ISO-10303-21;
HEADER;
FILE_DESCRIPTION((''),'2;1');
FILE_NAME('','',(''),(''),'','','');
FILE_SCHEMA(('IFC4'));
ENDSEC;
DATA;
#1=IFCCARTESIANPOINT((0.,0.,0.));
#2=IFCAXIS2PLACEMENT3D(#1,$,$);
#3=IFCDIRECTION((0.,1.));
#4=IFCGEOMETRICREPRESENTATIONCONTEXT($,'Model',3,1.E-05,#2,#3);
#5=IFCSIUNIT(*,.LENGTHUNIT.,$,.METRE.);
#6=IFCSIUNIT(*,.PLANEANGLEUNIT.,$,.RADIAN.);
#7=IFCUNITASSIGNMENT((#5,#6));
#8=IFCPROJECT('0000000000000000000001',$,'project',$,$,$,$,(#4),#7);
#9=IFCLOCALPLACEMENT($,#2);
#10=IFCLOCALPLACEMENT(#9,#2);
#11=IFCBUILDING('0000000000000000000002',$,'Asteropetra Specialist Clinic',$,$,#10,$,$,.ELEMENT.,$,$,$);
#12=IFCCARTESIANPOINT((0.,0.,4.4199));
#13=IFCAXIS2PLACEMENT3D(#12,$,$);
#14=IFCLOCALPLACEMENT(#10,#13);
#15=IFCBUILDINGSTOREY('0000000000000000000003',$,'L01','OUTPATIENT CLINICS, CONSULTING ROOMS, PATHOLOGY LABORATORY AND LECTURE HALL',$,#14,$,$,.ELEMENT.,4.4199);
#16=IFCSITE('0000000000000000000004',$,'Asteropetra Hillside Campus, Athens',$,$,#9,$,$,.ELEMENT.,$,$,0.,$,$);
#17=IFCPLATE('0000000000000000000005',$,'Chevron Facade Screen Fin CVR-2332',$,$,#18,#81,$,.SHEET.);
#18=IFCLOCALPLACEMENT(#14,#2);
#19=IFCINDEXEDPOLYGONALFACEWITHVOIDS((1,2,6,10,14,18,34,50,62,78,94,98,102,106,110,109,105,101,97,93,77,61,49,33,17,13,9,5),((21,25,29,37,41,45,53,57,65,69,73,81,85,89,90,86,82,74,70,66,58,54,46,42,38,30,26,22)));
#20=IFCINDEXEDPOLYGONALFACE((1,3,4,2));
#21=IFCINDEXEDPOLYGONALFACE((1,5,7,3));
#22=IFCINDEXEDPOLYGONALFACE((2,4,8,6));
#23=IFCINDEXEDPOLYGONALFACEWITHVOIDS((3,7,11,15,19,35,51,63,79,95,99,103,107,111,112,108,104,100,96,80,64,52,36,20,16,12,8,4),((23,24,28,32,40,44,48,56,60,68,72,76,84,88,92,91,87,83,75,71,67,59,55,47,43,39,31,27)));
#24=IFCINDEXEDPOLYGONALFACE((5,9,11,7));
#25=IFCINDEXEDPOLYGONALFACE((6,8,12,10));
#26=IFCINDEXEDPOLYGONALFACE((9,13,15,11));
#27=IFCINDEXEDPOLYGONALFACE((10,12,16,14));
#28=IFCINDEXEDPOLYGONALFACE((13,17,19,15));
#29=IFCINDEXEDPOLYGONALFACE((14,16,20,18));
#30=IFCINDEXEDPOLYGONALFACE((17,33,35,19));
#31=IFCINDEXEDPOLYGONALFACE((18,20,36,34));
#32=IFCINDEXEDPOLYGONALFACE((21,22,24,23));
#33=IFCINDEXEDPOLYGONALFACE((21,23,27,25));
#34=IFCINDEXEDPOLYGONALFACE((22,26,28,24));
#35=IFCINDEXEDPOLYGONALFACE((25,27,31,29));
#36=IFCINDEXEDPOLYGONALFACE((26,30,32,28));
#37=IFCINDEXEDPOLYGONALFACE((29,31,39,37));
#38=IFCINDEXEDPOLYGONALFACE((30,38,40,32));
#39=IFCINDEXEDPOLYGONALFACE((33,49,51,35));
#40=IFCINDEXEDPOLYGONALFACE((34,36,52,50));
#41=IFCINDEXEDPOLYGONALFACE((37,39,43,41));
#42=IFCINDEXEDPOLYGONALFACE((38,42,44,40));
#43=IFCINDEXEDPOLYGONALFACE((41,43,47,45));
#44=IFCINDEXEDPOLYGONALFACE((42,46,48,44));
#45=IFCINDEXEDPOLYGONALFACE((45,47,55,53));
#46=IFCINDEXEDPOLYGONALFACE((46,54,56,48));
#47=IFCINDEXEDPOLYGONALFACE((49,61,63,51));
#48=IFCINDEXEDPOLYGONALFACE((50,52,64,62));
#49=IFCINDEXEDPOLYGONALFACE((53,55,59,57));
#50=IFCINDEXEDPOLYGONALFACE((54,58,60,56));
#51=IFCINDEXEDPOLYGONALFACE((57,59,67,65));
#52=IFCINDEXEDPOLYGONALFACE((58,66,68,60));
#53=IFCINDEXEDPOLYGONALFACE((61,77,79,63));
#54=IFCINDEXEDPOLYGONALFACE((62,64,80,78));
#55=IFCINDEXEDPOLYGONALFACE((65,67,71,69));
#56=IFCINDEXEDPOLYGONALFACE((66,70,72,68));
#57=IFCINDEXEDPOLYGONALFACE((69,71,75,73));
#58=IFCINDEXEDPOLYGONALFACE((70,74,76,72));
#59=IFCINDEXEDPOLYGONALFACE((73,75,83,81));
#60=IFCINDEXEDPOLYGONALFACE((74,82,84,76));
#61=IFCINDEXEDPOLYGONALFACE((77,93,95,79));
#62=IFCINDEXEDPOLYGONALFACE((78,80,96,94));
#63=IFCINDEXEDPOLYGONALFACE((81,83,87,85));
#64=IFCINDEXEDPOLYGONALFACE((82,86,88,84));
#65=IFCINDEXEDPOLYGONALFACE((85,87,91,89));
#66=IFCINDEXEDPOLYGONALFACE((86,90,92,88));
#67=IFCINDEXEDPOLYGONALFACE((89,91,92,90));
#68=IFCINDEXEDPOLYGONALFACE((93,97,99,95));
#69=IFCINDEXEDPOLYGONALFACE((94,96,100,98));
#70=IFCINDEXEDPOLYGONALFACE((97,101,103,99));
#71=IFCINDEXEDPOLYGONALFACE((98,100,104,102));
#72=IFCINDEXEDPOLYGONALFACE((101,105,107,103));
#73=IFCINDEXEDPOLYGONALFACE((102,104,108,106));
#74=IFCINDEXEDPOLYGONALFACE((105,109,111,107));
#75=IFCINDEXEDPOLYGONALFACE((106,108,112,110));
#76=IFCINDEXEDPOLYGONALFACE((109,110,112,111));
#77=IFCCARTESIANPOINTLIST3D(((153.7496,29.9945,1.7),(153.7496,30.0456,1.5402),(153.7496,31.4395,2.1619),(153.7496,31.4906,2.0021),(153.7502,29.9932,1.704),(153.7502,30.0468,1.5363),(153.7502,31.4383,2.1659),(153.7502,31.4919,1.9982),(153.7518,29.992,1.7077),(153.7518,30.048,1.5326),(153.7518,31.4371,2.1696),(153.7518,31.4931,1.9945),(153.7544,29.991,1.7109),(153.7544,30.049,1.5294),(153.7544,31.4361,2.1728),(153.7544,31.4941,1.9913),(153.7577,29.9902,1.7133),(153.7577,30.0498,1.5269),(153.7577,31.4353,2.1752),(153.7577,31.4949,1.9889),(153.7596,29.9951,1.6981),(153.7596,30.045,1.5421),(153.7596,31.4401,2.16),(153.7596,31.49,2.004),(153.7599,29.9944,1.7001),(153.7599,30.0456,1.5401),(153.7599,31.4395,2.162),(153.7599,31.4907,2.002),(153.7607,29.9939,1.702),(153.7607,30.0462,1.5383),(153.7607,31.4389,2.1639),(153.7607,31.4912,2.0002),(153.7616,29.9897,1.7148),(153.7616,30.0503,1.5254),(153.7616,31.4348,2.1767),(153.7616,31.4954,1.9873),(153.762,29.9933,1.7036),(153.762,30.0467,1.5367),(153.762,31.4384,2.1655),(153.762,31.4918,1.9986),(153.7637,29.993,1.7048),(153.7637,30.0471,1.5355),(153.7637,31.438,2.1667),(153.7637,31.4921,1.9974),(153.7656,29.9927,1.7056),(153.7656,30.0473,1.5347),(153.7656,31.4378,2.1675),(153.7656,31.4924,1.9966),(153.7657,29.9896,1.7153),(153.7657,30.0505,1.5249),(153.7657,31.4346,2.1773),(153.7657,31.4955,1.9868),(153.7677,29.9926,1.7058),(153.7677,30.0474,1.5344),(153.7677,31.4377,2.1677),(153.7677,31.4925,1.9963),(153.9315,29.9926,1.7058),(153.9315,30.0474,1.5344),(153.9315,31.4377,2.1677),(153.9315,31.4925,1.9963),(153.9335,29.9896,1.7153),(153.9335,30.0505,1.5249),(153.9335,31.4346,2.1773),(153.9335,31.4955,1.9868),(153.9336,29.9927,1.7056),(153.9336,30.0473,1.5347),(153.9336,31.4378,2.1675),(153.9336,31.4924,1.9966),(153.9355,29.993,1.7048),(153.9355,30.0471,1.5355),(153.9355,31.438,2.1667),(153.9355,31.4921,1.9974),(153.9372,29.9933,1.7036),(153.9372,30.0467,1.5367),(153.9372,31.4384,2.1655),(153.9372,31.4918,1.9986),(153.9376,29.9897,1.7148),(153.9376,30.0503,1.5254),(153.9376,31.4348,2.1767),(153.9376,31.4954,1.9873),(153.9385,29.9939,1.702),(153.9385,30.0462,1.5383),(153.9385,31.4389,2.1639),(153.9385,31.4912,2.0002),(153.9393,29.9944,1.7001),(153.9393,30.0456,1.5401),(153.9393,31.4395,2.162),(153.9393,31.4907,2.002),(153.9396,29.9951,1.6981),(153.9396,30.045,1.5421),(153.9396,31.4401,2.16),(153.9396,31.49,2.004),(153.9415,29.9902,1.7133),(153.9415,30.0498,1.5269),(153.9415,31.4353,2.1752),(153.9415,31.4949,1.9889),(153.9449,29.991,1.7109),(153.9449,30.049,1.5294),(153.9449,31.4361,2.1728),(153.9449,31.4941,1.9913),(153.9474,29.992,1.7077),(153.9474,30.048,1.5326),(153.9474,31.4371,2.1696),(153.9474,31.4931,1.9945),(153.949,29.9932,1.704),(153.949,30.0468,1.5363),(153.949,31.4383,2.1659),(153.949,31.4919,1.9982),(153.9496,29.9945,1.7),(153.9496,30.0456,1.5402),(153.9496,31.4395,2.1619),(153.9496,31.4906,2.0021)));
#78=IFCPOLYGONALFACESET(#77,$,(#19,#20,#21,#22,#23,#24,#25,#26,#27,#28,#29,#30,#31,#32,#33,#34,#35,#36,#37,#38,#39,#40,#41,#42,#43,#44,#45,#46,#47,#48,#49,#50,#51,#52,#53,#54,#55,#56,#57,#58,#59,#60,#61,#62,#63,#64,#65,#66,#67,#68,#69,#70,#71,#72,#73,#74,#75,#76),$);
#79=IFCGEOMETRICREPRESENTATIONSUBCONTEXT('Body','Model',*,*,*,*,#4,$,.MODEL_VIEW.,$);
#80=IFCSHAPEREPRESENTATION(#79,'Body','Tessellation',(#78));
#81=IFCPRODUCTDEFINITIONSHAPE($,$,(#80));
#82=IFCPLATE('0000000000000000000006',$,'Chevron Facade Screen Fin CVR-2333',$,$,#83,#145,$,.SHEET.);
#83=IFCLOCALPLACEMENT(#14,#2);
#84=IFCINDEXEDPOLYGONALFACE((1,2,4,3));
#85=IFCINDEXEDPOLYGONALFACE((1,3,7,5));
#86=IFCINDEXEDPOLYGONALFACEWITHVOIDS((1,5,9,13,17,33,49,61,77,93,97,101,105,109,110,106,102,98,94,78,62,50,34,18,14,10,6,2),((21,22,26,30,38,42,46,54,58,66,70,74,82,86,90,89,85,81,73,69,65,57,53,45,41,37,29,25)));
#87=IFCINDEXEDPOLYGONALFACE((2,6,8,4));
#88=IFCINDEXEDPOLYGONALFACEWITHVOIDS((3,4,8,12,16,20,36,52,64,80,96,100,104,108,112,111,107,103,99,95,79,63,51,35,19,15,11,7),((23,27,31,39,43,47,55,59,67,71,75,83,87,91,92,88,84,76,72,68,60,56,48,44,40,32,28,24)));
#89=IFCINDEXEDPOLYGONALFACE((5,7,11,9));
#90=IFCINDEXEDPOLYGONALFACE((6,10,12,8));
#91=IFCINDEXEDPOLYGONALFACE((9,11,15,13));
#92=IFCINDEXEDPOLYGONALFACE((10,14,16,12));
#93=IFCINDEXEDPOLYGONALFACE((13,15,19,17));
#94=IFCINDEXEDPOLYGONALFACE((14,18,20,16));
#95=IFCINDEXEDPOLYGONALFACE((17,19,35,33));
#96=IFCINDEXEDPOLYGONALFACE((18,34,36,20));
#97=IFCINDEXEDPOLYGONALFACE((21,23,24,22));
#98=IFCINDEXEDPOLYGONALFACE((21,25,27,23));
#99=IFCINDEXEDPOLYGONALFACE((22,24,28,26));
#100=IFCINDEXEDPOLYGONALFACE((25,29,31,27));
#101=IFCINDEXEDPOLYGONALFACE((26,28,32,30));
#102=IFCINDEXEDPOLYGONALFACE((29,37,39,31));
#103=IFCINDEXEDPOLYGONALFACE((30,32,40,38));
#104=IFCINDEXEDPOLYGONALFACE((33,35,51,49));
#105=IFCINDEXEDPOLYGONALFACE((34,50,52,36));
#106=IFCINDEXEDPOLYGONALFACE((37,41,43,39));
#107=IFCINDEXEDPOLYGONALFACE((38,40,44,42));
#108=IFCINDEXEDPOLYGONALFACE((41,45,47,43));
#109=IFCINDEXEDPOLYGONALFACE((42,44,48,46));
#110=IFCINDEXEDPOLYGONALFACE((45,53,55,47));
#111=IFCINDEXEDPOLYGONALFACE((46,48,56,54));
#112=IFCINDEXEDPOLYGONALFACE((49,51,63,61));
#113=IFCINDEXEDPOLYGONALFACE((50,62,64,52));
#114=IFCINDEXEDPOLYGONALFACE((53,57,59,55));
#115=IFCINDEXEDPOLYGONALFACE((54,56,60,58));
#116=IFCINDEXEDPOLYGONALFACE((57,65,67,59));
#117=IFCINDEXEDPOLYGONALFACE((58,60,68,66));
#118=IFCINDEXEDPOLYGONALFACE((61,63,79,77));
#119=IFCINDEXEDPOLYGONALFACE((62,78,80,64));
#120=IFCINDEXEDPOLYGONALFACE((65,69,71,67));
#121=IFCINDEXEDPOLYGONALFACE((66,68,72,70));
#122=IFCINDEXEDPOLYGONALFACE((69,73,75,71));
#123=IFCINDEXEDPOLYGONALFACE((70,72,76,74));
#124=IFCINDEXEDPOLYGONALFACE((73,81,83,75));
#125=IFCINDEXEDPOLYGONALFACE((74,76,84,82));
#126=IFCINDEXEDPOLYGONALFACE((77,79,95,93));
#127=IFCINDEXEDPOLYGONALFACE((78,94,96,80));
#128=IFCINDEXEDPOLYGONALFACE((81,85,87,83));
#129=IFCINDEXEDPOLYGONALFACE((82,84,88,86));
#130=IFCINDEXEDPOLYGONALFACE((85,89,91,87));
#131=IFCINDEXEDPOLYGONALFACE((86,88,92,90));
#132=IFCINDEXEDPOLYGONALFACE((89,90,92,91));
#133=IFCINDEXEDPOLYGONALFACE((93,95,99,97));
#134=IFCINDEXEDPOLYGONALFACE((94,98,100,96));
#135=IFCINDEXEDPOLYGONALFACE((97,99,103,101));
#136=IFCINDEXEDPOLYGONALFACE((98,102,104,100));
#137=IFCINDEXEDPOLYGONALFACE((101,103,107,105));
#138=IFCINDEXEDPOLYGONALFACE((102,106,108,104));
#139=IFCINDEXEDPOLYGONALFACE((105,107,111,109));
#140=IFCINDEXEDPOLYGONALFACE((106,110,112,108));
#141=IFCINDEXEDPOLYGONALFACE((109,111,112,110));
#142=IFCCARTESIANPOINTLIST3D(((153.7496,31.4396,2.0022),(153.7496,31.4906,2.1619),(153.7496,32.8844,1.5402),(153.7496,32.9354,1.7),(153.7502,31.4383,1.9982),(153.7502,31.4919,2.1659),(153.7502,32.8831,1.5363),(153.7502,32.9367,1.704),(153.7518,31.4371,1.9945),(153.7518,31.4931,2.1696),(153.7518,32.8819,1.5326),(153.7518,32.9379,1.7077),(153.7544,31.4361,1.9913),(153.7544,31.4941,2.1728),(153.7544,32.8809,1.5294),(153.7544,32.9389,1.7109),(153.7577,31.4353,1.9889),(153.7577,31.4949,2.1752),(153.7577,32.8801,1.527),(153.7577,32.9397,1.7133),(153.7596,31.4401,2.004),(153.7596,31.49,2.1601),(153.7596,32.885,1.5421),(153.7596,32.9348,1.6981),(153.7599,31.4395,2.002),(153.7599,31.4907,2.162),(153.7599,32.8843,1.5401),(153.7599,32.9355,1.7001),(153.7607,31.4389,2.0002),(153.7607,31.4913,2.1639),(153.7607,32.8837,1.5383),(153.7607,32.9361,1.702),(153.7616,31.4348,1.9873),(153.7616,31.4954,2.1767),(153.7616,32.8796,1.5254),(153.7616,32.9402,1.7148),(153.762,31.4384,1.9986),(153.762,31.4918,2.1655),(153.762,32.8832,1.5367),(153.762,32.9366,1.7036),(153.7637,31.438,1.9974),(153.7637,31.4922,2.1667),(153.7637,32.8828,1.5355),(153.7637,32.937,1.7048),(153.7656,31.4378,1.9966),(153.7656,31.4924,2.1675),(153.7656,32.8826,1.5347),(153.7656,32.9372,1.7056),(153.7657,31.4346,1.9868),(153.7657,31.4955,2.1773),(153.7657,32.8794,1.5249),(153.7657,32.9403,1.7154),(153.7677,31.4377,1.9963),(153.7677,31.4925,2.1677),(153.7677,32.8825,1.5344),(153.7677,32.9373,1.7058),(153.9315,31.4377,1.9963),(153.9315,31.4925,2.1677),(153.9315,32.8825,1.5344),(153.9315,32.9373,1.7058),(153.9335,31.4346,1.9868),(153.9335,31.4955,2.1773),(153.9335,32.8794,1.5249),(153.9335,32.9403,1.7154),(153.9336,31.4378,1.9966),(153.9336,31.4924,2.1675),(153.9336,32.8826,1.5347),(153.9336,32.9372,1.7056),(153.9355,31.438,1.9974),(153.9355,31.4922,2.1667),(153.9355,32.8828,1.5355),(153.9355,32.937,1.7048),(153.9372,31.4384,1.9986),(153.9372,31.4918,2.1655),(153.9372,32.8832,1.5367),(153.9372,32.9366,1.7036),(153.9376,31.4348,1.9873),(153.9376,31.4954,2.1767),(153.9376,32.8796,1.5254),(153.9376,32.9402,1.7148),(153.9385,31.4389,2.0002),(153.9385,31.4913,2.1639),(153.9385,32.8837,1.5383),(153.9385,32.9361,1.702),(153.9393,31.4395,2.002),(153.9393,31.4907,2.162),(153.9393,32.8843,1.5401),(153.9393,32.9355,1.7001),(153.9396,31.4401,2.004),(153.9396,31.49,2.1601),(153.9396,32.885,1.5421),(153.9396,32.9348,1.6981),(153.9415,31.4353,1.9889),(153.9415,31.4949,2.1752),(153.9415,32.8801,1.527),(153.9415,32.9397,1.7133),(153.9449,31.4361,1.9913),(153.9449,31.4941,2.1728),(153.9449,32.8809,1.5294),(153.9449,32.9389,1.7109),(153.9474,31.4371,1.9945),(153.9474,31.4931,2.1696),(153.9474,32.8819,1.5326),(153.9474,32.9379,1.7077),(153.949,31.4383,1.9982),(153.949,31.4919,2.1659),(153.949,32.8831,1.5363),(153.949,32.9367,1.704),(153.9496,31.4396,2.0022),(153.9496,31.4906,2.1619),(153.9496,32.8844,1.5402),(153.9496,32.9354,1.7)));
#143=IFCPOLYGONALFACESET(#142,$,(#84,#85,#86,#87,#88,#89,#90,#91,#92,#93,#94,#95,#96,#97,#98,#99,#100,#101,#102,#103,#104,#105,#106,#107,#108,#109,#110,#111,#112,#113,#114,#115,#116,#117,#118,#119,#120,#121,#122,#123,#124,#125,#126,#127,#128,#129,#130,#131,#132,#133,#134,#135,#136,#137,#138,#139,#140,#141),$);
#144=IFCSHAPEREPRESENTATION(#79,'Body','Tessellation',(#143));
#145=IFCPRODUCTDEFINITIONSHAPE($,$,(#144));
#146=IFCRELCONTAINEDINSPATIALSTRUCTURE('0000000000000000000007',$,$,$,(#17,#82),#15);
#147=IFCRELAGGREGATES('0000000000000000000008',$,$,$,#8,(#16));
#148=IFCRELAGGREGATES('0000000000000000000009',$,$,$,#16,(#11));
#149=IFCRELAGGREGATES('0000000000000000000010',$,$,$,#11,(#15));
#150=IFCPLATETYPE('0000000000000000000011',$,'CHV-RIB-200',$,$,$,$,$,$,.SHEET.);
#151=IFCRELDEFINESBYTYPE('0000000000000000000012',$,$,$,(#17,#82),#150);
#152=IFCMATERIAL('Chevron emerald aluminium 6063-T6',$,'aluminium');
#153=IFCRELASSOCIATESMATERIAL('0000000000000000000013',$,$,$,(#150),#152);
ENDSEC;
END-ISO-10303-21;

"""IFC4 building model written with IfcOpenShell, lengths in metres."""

from ifc_helpers import new_model, si_unit, direction, frame, origin, origin_2d, place, context, subcontext, project, spatial, hollow_rectangle, extrude, material, material_profile, profile_set, type_object, element, save


model = new_model("IFC4")

# Units and contexts
model_context = context("Model", 3, precision=1e-05, world=origin(), true_north=direction((0.0, 1.0)))
body_context = subcontext(model_context, "Body", "Model", "MODEL_VIEW")
ifc_project = project(units=[si_unit("LENGTHUNIT", "METRE"), si_unit("PLANEANGLEUNIT", "RADIAN")], contexts=[model_context])

# Site, building, storey
site_placement = place(None, origin())
site = spatial("IfcSite", under=ifc_project, at=site_placement, Name="Asteropetra Hillside Campus, Athens", CompositionType="ELEMENT", RefElevation=0.0)
building_placement = place(site_placement, origin())
building = spatial("IfcBuilding", under=site, at=building_placement, Name="Asteropetra Specialist Clinic", CompositionType="ELEMENT")
storey_placement = place(building_placement, frame((0.0, 0.0, 4.4199)))
storey = spatial("IfcBuildingStorey", under=building, at=storey_placement, Name="L01", Description="OUTPATIENT CLINICS, CONSULTING ROOMS, PATHOLOGY LABORATORY AND LECTURE HALL", CompositionType="ELEMENT", Elevation=4.4199)

# Plates
ifc_material_1 = material(Name="Chevron emerald aluminium 6063-T6", Category="aluminium")
ifc_material_profile = material_profile(ifc_material_1, hollow_rectangle(XDim=0.2, YDim=0.2, WallThickness=0.01, InnerFilletRadius=0.0081, OuterFilletRadius=0.0161, at=origin_2d()), Name="SHS 200x200x10.0")
ifc_profile_set = profile_set([ifc_material_profile], Name="Chevron emerald aluminium 6063-T6")
plate_type = type_object("IfcPlateType", Name="CHV-RIB-200", PredefinedType="SHEET", material=ifc_profile_set)
plate_1_placement = place(storey_placement, frame((153.8496, 30.02, 1.6201), z_axis=(0.0, 0.952521, 0.304472), x_axis=(-1.0, 0.0, 0.0)))
element("IfcPlate", 1, at=plate_1_placement, inside=storey, type_object=plate_type, Name="Chevron Facade Screen Fin CVR-2332", PredefinedType="SHEET", context=body_context, shape_type="SweptSolid", body=[
    extrude(hollow_rectangle(XDim=0.2, YDim=0.2, WallThickness=0.01, InnerFilletRadius=0.0081, OuterFilletRadius=0.0161, at=origin_2d()), origin(), (0.0, 0.0, 1.0), 1.5171),
])
plate_2_placement = place(storey_placement, frame((153.8496, 31.4651, 2.082), z_axis=(0.0, 0.952506, -0.304519), x_axis=(-1.0, 0.0, 0.0)))
element("IfcPlate", 2, at=plate_2_placement, inside=storey, type_object=plate_type, Name="Chevron Facade Screen Fin CVR-2333", PredefinedType="SHEET", context=body_context, shape_type="SweptSolid", body=[
    extrude(hollow_rectangle(XDim=0.2, YDim=0.2, WallThickness=0.01, InnerFilletRadius=0.0081, OuterFilletRadius=0.0161, at=origin_2d()), origin(), (0.0, 0.0, 1.0), 1.5168),
])

save(model, "model.ifc")
